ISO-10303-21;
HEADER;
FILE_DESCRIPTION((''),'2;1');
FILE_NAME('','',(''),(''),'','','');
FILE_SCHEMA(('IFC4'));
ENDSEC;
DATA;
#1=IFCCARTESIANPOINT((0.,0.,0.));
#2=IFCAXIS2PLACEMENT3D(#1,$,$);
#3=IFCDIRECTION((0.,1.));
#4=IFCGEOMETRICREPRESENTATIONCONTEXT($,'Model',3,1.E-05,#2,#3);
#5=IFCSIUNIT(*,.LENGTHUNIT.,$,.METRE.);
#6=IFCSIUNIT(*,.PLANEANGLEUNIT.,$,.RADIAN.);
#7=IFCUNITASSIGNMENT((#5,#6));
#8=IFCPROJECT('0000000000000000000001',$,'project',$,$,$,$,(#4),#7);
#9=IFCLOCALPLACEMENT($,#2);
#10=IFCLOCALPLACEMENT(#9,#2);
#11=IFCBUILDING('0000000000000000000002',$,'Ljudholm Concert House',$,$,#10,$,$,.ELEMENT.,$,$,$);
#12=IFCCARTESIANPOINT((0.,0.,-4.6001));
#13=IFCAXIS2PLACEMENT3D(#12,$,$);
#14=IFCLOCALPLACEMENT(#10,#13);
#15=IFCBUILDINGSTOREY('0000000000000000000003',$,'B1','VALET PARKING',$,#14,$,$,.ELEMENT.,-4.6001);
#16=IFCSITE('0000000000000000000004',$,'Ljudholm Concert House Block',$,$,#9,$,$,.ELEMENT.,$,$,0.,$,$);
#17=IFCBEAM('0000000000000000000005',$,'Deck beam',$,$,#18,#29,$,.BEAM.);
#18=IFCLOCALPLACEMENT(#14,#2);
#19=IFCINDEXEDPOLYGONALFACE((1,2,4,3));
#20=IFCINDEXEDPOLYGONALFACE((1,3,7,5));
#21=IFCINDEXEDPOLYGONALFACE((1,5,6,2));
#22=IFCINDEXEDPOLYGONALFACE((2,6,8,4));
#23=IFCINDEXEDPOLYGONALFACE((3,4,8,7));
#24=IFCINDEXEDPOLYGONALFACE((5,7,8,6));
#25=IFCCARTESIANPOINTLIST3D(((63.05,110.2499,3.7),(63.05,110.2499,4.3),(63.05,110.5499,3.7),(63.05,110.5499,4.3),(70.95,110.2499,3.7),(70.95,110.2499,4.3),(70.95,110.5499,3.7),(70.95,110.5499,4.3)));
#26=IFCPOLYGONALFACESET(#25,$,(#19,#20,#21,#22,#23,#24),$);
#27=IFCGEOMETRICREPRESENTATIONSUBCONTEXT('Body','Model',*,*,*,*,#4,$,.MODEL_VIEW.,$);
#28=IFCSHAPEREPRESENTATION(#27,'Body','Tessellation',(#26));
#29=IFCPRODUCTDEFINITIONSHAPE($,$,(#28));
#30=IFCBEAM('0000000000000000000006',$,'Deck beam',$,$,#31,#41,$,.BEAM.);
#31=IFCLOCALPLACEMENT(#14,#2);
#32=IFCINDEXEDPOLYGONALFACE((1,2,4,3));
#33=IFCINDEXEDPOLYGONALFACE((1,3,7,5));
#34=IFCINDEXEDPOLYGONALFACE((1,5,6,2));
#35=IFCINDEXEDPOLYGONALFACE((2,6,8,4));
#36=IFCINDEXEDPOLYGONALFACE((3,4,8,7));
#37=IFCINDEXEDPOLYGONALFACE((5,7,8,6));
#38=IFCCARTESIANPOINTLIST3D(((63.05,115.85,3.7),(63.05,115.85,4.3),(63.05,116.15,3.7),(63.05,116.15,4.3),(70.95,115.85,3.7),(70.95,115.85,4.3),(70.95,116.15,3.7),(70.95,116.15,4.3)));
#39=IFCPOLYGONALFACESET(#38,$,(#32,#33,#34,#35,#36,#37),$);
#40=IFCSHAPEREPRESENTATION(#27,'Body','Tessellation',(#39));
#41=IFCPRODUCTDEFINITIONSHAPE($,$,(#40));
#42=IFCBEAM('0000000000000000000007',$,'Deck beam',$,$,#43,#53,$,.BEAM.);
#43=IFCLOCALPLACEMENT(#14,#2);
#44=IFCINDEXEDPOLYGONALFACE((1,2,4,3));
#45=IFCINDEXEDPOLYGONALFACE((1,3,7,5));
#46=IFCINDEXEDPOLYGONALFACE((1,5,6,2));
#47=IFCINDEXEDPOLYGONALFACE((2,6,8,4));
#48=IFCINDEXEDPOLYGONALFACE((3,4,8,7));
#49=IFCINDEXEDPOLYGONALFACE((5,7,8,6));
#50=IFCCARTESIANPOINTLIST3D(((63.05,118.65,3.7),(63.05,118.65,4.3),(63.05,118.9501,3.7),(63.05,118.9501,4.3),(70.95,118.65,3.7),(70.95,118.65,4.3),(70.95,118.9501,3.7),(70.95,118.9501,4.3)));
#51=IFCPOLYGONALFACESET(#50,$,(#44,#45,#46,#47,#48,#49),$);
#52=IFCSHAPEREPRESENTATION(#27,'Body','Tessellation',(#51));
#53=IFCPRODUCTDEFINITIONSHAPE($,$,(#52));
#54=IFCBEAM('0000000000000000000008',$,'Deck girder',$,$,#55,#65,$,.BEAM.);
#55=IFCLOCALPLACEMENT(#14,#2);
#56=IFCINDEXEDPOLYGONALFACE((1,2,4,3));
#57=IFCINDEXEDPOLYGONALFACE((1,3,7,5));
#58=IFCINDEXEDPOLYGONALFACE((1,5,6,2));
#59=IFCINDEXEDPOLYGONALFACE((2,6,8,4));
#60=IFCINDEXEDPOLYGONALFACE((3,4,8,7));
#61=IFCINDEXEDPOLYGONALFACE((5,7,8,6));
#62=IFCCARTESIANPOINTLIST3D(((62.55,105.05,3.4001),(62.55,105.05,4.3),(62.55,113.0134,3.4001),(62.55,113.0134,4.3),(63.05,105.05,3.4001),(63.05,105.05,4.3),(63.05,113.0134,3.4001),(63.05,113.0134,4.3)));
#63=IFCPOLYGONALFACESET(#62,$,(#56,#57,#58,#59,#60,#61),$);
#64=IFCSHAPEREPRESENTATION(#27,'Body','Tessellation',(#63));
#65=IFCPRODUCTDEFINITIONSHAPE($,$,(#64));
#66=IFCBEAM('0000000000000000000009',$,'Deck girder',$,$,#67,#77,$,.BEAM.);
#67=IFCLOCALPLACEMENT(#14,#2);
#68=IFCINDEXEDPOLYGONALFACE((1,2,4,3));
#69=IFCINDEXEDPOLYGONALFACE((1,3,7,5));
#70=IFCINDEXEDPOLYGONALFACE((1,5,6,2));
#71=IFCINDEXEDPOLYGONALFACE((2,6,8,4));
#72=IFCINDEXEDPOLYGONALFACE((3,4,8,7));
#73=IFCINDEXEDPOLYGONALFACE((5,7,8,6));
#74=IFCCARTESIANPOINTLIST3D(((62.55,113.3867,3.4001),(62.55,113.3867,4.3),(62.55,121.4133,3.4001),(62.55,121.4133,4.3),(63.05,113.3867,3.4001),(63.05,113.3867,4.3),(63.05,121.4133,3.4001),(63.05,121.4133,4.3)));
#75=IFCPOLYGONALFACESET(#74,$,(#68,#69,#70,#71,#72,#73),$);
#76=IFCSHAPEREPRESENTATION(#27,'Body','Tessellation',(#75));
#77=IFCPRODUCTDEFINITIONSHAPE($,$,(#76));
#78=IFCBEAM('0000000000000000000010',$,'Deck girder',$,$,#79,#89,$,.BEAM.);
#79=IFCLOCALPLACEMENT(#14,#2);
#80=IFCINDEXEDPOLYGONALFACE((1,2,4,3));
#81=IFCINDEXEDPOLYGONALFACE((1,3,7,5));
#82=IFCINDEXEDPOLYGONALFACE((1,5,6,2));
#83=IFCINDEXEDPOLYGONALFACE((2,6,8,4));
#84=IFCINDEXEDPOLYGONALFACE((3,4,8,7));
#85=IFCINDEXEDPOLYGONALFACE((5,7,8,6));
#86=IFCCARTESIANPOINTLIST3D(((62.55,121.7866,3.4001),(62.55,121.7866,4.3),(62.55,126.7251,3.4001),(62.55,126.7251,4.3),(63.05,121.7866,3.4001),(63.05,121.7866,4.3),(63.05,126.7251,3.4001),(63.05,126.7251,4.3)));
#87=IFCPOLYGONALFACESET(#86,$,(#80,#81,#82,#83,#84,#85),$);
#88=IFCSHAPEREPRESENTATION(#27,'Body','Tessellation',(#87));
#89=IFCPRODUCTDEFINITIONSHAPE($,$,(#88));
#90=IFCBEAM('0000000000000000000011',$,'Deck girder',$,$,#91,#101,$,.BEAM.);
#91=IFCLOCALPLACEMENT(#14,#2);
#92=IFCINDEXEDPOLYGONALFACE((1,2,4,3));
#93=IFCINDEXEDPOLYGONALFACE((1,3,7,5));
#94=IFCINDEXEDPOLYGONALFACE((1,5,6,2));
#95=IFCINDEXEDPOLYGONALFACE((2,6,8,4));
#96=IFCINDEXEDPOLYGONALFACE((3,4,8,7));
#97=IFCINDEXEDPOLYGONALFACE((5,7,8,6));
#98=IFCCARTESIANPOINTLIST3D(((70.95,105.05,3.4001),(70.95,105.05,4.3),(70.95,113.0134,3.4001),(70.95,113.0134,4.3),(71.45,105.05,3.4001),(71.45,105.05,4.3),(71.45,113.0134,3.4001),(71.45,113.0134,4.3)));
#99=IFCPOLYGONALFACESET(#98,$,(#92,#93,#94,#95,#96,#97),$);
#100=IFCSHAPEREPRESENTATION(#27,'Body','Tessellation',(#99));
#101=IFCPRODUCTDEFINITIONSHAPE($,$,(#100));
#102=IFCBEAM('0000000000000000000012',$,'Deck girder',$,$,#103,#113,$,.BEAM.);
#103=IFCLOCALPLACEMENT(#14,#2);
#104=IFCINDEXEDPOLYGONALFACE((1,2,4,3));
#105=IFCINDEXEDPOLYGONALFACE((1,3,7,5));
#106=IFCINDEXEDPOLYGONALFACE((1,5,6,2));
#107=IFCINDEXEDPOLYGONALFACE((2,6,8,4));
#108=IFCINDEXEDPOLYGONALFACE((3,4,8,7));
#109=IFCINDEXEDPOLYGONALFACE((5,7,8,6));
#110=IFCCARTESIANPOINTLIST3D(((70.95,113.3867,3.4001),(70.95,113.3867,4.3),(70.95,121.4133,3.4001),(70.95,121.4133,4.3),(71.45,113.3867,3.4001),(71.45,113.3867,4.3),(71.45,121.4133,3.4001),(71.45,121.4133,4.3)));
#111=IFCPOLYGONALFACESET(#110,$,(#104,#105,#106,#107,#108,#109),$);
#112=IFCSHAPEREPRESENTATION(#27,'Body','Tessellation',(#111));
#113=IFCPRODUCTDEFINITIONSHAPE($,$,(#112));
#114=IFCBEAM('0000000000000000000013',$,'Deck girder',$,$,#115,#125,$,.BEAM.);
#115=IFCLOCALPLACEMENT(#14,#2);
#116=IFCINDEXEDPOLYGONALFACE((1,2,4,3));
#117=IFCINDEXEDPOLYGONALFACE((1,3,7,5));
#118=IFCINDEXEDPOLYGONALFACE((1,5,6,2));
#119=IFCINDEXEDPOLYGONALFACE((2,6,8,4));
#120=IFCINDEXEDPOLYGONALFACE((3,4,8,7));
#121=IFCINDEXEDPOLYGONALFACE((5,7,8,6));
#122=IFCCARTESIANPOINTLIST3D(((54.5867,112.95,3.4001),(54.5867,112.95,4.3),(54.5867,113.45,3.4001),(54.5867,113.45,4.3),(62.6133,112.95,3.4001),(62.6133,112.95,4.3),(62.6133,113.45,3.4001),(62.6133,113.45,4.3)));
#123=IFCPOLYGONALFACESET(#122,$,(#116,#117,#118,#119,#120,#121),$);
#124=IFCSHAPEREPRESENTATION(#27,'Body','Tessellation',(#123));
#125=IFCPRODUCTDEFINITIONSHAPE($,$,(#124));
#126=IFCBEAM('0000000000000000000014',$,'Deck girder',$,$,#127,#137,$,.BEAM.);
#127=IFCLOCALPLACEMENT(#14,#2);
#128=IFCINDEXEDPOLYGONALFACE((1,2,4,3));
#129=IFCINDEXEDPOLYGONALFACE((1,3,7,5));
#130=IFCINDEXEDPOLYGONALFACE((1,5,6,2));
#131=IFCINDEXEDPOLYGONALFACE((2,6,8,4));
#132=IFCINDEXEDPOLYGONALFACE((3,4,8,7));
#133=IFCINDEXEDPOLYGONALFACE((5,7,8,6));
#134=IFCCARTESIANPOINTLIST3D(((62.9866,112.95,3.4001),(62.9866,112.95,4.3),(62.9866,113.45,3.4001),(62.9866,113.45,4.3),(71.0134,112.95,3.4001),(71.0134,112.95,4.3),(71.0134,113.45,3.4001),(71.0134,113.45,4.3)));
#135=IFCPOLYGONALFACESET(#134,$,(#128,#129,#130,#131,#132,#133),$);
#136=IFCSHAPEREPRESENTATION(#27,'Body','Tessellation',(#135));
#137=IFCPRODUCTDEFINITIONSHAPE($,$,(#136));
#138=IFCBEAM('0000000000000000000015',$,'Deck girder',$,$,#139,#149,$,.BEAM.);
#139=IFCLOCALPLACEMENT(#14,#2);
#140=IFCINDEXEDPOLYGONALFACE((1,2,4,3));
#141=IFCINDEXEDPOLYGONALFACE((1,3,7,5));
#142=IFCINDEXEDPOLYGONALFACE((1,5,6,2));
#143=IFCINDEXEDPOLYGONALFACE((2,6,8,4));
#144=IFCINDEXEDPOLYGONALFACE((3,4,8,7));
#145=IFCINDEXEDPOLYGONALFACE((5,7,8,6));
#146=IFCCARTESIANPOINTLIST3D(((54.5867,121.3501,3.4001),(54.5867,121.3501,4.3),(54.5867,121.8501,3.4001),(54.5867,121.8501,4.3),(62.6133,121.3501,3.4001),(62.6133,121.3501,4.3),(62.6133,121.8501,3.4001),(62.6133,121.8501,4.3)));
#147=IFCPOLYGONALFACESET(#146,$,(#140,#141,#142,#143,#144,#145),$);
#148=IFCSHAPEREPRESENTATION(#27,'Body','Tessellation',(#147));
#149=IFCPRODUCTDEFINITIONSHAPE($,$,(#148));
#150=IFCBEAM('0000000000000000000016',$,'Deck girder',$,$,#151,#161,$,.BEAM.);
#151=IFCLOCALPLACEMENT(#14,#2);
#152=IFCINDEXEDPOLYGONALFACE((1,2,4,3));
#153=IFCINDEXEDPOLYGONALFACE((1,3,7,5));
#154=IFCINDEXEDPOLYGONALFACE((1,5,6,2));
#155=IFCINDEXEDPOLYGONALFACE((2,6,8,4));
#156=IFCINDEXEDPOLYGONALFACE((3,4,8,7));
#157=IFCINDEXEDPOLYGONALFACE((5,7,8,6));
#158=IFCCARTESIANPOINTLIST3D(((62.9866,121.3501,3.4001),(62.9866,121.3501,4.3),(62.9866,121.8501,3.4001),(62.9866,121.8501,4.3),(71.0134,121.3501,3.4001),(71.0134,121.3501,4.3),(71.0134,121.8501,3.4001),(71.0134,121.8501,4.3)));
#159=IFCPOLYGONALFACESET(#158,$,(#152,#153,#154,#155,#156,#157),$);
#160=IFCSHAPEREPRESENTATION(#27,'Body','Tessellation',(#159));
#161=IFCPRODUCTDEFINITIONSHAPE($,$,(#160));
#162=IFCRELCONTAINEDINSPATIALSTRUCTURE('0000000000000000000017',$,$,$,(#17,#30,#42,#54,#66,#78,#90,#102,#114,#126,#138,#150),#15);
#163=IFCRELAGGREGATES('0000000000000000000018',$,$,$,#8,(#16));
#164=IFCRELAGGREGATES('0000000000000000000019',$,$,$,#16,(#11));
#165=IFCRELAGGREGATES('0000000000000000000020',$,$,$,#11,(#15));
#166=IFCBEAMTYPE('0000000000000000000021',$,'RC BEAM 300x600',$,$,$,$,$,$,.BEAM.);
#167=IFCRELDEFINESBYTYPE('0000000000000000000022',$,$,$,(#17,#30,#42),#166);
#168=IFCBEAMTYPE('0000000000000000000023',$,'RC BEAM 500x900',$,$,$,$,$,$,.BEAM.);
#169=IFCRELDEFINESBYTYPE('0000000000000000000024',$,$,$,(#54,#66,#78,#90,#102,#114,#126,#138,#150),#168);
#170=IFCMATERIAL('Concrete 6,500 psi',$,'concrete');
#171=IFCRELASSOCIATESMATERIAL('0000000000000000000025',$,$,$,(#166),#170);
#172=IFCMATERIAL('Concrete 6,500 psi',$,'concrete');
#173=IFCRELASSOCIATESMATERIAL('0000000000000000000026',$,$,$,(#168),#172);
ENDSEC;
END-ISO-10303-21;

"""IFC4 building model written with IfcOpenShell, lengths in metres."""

from ifc_helpers import new_model, si_unit, direction, frame, origin, origin_2d, place, context, subcontext, project, spatial, rectangle, extrude, material, material_profile, profile_set, type_object, element, save


model = new_model("IFC4")

# Units and contexts
model_context = context("Model", 3, precision=1e-05, world=origin(), true_north=direction((0.0, 1.0)))
body_context = subcontext(model_context, "Body", "Model", "MODEL_VIEW")
ifc_project = project(units=[si_unit("LENGTHUNIT", "METRE"), si_unit("PLANEANGLEUNIT", "RADIAN")], contexts=[model_context])

# Site, building, storey
site_placement = place(None, origin())
site = spatial("IfcSite", under=ifc_project, at=site_placement, Name="Ljudholm Concert House Block", CompositionType="ELEMENT", RefElevation=0.0)
building_placement = place(site_placement, origin())
building = spatial("IfcBuilding", under=site, at=building_placement, Name="Ljudholm Concert House", CompositionType="ELEMENT")
storey_placement = place(building_placement, frame((0.0, 0.0, -4.6001)))
storey = spatial("IfcBuildingStorey", under=building, at=storey_placement, Name="B1", Description="VALET PARKING", CompositionType="ELEMENT", Elevation=-4.6001)

# Beams
ifc_material_1 = material(Name="Concrete 6,500 psi", Category="concrete")
ifc_material_profile_1 = material_profile(ifc_material_1, rectangle(XDim=0.3, YDim=0.6001, at=origin_2d()), Name="RC BEAM 300x600")
ifc_profile_set_1 = profile_set([ifc_material_profile_1], Name="Concrete 6,500 psi")
beam_type_1 = type_object("IfcBeamType", Name="RC BEAM 300x600", PredefinedType="BEAM", material=ifc_profile_set_1)
for number, where, z_axis, x_axis, name in (
    (1, (63.05, 110.3999, 4.0), (1.0, 0.0, 0.0), (0.0, 1.0, 0.0), "Deck beam"),
    (2, (63.05, 116.0, 4.0), (1.0, 0.0, 0.0), (0.0, 1.0, 0.0), "Deck beam"),
    (3, (63.05, 118.8, 4.0), (1.0, 0.0, 0.0), (0.0, 1.0, 0.0), "Deck beam"),
):
    element("IfcBeam", number, at=place(storey_placement, frame(where, z_axis=z_axis, x_axis=x_axis)), inside=storey, type_object=beam_type_1, Name=name, PredefinedType="BEAM", context=body_context, shape_type="SweptSolid", body=[
        extrude(rectangle(XDim=0.3, YDim=0.6001, at=origin_2d()), origin(), (0.0, 0.0, 1.0), 7.8999),
    ])
ifc_material_2 = material(Name="Concrete 6,500 psi", Category="concrete")
ifc_material_profile_2 = material_profile(ifc_material_2, rectangle(XDim=0.5, YDim=0.8999, at=origin_2d()), Name="RC BEAM 500x900")
ifc_profile_set_2 = profile_set([ifc_material_profile_2], Name="Concrete 6,500 psi")
beam_type_2 = type_object("IfcBeamType", Name="RC BEAM 500x900", PredefinedType="BEAM", material=ifc_profile_set_2)
beam_1_placement = place(storey_placement, frame((62.8, 105.05, 3.8501), z_axis=(0.0, 1.0, 0.0), x_axis=(-1.0, 0.0, 0.0)))
element("IfcBeam", 4, at=beam_1_placement, inside=storey, type_object=beam_type_2, Name="Deck girder", PredefinedType="BEAM", context=body_context, shape_type="SweptSolid", body=[
    extrude(rectangle(XDim=0.5, YDim=0.8999, at=origin_2d()), origin(), (0.0, 0.0, 1.0), 7.9634),
])
beam_2_placement = place(storey_placement, frame((62.8, 113.3867, 3.8501), z_axis=(0.0, 1.0, 0.0), x_axis=(-1.0, 0.0, 0.0)))
element("IfcBeam", 5, at=beam_2_placement, inside=storey, type_object=beam_type_2, Name="Deck girder", PredefinedType="BEAM", context=body_context, shape_type="SweptSolid", body=[
    extrude(rectangle(XDim=0.5, YDim=0.8999, at=origin_2d()), origin(), (0.0, 0.0, 1.0), 8.0266),
])
beam_3_placement = place(storey_placement, frame((62.8, 121.7866, 3.8501), z_axis=(0.0, 1.0, 0.0), x_axis=(-1.0, 0.0, 0.0)))
element("IfcBeam", 6, at=beam_3_placement, inside=storey, type_object=beam_type_2, Name="Deck girder", PredefinedType="BEAM", context=body_context, shape_type="SweptSolid", body=[
    extrude(rectangle(XDim=0.5, YDim=0.8999, at=origin_2d()), origin(), (0.0, 0.0, 1.0), 4.9385),
])
beam_4_placement = place(storey_placement, frame((71.2, 105.05, 3.8501), z_axis=(0.0, 1.0, 0.0), x_axis=(-1.0, 0.0, 0.0)))
element("IfcBeam", 7, at=beam_4_placement, inside=storey, type_object=beam_type_2, Name="Deck girder", PredefinedType="BEAM", context=body_context, shape_type="SweptSolid", body=[
    extrude(rectangle(XDim=0.5, YDim=0.8999, at=origin_2d()), origin(), (0.0, 0.0, 1.0), 7.9634),
])
for number, where, z_axis, x_axis, name in (
    (8, (71.2, 113.3867, 3.8501), (0.0, 1.0, 0.0), (-1.0, 0.0, 0.0), "Deck girder"),
    (9, (54.5867, 113.2, 3.8501), (1.0, 0.0, 0.0), (0.0, 1.0, 0.0), "Deck girder"),
):
    element("IfcBeam", number, at=place(storey_placement, frame(where, z_axis=z_axis, x_axis=x_axis)), inside=storey, type_object=beam_type_2, Name=name, PredefinedType="BEAM", context=body_context, shape_type="SweptSolid", body=[
        extrude(rectangle(XDim=0.5, YDim=0.8999, at=origin_2d()), origin(), (0.0, 0.0, 1.0), 8.0266),
    ])
beam_5_placement = place(storey_placement, frame((62.9866, 113.2, 3.8501), z_axis=(1.0, 0.0, 0.0), x_axis=(0.0, 1.0, 0.0)))
element("IfcBeam", 10, at=beam_5_placement, inside=storey, type_object=beam_type_2, Name="Deck girder", PredefinedType="BEAM", context=body_context, shape_type="SweptSolid", body=[
    extrude(rectangle(XDim=0.5, YDim=0.8999, at=origin_2d()), origin(), (0.0, 0.0, 1.0), 8.0269),
])
beam_6_placement = place(storey_placement, frame((54.5867, 121.6001, 3.8501), z_axis=(1.0, 0.0, 0.0), x_axis=(0.0, 1.0, 0.0)))
element("IfcBeam", 11, at=beam_6_placement, inside=storey, type_object=beam_type_2, Name="Deck girder", PredefinedType="BEAM", context=body_context, shape_type="SweptSolid", body=[
    extrude(rectangle(XDim=0.5, YDim=0.8999, at=origin_2d()), origin(), (0.0, 0.0, 1.0), 8.0266),
])
beam_7_placement = place(storey_placement, frame((62.9866, 121.6001, 3.8501), z_axis=(1.0, 0.0, 0.0), x_axis=(0.0, 1.0, 0.0)))
element("IfcBeam", 12, at=beam_7_placement, inside=storey, type_object=beam_type_2, Name="Deck girder", PredefinedType="BEAM", context=body_context, shape_type="SweptSolid", body=[
    extrude(rectangle(XDim=0.5, YDim=0.8999, at=origin_2d()), origin(), (0.0, 0.0, 1.0), 8.0269),
])

save(model, "model.ifc")
